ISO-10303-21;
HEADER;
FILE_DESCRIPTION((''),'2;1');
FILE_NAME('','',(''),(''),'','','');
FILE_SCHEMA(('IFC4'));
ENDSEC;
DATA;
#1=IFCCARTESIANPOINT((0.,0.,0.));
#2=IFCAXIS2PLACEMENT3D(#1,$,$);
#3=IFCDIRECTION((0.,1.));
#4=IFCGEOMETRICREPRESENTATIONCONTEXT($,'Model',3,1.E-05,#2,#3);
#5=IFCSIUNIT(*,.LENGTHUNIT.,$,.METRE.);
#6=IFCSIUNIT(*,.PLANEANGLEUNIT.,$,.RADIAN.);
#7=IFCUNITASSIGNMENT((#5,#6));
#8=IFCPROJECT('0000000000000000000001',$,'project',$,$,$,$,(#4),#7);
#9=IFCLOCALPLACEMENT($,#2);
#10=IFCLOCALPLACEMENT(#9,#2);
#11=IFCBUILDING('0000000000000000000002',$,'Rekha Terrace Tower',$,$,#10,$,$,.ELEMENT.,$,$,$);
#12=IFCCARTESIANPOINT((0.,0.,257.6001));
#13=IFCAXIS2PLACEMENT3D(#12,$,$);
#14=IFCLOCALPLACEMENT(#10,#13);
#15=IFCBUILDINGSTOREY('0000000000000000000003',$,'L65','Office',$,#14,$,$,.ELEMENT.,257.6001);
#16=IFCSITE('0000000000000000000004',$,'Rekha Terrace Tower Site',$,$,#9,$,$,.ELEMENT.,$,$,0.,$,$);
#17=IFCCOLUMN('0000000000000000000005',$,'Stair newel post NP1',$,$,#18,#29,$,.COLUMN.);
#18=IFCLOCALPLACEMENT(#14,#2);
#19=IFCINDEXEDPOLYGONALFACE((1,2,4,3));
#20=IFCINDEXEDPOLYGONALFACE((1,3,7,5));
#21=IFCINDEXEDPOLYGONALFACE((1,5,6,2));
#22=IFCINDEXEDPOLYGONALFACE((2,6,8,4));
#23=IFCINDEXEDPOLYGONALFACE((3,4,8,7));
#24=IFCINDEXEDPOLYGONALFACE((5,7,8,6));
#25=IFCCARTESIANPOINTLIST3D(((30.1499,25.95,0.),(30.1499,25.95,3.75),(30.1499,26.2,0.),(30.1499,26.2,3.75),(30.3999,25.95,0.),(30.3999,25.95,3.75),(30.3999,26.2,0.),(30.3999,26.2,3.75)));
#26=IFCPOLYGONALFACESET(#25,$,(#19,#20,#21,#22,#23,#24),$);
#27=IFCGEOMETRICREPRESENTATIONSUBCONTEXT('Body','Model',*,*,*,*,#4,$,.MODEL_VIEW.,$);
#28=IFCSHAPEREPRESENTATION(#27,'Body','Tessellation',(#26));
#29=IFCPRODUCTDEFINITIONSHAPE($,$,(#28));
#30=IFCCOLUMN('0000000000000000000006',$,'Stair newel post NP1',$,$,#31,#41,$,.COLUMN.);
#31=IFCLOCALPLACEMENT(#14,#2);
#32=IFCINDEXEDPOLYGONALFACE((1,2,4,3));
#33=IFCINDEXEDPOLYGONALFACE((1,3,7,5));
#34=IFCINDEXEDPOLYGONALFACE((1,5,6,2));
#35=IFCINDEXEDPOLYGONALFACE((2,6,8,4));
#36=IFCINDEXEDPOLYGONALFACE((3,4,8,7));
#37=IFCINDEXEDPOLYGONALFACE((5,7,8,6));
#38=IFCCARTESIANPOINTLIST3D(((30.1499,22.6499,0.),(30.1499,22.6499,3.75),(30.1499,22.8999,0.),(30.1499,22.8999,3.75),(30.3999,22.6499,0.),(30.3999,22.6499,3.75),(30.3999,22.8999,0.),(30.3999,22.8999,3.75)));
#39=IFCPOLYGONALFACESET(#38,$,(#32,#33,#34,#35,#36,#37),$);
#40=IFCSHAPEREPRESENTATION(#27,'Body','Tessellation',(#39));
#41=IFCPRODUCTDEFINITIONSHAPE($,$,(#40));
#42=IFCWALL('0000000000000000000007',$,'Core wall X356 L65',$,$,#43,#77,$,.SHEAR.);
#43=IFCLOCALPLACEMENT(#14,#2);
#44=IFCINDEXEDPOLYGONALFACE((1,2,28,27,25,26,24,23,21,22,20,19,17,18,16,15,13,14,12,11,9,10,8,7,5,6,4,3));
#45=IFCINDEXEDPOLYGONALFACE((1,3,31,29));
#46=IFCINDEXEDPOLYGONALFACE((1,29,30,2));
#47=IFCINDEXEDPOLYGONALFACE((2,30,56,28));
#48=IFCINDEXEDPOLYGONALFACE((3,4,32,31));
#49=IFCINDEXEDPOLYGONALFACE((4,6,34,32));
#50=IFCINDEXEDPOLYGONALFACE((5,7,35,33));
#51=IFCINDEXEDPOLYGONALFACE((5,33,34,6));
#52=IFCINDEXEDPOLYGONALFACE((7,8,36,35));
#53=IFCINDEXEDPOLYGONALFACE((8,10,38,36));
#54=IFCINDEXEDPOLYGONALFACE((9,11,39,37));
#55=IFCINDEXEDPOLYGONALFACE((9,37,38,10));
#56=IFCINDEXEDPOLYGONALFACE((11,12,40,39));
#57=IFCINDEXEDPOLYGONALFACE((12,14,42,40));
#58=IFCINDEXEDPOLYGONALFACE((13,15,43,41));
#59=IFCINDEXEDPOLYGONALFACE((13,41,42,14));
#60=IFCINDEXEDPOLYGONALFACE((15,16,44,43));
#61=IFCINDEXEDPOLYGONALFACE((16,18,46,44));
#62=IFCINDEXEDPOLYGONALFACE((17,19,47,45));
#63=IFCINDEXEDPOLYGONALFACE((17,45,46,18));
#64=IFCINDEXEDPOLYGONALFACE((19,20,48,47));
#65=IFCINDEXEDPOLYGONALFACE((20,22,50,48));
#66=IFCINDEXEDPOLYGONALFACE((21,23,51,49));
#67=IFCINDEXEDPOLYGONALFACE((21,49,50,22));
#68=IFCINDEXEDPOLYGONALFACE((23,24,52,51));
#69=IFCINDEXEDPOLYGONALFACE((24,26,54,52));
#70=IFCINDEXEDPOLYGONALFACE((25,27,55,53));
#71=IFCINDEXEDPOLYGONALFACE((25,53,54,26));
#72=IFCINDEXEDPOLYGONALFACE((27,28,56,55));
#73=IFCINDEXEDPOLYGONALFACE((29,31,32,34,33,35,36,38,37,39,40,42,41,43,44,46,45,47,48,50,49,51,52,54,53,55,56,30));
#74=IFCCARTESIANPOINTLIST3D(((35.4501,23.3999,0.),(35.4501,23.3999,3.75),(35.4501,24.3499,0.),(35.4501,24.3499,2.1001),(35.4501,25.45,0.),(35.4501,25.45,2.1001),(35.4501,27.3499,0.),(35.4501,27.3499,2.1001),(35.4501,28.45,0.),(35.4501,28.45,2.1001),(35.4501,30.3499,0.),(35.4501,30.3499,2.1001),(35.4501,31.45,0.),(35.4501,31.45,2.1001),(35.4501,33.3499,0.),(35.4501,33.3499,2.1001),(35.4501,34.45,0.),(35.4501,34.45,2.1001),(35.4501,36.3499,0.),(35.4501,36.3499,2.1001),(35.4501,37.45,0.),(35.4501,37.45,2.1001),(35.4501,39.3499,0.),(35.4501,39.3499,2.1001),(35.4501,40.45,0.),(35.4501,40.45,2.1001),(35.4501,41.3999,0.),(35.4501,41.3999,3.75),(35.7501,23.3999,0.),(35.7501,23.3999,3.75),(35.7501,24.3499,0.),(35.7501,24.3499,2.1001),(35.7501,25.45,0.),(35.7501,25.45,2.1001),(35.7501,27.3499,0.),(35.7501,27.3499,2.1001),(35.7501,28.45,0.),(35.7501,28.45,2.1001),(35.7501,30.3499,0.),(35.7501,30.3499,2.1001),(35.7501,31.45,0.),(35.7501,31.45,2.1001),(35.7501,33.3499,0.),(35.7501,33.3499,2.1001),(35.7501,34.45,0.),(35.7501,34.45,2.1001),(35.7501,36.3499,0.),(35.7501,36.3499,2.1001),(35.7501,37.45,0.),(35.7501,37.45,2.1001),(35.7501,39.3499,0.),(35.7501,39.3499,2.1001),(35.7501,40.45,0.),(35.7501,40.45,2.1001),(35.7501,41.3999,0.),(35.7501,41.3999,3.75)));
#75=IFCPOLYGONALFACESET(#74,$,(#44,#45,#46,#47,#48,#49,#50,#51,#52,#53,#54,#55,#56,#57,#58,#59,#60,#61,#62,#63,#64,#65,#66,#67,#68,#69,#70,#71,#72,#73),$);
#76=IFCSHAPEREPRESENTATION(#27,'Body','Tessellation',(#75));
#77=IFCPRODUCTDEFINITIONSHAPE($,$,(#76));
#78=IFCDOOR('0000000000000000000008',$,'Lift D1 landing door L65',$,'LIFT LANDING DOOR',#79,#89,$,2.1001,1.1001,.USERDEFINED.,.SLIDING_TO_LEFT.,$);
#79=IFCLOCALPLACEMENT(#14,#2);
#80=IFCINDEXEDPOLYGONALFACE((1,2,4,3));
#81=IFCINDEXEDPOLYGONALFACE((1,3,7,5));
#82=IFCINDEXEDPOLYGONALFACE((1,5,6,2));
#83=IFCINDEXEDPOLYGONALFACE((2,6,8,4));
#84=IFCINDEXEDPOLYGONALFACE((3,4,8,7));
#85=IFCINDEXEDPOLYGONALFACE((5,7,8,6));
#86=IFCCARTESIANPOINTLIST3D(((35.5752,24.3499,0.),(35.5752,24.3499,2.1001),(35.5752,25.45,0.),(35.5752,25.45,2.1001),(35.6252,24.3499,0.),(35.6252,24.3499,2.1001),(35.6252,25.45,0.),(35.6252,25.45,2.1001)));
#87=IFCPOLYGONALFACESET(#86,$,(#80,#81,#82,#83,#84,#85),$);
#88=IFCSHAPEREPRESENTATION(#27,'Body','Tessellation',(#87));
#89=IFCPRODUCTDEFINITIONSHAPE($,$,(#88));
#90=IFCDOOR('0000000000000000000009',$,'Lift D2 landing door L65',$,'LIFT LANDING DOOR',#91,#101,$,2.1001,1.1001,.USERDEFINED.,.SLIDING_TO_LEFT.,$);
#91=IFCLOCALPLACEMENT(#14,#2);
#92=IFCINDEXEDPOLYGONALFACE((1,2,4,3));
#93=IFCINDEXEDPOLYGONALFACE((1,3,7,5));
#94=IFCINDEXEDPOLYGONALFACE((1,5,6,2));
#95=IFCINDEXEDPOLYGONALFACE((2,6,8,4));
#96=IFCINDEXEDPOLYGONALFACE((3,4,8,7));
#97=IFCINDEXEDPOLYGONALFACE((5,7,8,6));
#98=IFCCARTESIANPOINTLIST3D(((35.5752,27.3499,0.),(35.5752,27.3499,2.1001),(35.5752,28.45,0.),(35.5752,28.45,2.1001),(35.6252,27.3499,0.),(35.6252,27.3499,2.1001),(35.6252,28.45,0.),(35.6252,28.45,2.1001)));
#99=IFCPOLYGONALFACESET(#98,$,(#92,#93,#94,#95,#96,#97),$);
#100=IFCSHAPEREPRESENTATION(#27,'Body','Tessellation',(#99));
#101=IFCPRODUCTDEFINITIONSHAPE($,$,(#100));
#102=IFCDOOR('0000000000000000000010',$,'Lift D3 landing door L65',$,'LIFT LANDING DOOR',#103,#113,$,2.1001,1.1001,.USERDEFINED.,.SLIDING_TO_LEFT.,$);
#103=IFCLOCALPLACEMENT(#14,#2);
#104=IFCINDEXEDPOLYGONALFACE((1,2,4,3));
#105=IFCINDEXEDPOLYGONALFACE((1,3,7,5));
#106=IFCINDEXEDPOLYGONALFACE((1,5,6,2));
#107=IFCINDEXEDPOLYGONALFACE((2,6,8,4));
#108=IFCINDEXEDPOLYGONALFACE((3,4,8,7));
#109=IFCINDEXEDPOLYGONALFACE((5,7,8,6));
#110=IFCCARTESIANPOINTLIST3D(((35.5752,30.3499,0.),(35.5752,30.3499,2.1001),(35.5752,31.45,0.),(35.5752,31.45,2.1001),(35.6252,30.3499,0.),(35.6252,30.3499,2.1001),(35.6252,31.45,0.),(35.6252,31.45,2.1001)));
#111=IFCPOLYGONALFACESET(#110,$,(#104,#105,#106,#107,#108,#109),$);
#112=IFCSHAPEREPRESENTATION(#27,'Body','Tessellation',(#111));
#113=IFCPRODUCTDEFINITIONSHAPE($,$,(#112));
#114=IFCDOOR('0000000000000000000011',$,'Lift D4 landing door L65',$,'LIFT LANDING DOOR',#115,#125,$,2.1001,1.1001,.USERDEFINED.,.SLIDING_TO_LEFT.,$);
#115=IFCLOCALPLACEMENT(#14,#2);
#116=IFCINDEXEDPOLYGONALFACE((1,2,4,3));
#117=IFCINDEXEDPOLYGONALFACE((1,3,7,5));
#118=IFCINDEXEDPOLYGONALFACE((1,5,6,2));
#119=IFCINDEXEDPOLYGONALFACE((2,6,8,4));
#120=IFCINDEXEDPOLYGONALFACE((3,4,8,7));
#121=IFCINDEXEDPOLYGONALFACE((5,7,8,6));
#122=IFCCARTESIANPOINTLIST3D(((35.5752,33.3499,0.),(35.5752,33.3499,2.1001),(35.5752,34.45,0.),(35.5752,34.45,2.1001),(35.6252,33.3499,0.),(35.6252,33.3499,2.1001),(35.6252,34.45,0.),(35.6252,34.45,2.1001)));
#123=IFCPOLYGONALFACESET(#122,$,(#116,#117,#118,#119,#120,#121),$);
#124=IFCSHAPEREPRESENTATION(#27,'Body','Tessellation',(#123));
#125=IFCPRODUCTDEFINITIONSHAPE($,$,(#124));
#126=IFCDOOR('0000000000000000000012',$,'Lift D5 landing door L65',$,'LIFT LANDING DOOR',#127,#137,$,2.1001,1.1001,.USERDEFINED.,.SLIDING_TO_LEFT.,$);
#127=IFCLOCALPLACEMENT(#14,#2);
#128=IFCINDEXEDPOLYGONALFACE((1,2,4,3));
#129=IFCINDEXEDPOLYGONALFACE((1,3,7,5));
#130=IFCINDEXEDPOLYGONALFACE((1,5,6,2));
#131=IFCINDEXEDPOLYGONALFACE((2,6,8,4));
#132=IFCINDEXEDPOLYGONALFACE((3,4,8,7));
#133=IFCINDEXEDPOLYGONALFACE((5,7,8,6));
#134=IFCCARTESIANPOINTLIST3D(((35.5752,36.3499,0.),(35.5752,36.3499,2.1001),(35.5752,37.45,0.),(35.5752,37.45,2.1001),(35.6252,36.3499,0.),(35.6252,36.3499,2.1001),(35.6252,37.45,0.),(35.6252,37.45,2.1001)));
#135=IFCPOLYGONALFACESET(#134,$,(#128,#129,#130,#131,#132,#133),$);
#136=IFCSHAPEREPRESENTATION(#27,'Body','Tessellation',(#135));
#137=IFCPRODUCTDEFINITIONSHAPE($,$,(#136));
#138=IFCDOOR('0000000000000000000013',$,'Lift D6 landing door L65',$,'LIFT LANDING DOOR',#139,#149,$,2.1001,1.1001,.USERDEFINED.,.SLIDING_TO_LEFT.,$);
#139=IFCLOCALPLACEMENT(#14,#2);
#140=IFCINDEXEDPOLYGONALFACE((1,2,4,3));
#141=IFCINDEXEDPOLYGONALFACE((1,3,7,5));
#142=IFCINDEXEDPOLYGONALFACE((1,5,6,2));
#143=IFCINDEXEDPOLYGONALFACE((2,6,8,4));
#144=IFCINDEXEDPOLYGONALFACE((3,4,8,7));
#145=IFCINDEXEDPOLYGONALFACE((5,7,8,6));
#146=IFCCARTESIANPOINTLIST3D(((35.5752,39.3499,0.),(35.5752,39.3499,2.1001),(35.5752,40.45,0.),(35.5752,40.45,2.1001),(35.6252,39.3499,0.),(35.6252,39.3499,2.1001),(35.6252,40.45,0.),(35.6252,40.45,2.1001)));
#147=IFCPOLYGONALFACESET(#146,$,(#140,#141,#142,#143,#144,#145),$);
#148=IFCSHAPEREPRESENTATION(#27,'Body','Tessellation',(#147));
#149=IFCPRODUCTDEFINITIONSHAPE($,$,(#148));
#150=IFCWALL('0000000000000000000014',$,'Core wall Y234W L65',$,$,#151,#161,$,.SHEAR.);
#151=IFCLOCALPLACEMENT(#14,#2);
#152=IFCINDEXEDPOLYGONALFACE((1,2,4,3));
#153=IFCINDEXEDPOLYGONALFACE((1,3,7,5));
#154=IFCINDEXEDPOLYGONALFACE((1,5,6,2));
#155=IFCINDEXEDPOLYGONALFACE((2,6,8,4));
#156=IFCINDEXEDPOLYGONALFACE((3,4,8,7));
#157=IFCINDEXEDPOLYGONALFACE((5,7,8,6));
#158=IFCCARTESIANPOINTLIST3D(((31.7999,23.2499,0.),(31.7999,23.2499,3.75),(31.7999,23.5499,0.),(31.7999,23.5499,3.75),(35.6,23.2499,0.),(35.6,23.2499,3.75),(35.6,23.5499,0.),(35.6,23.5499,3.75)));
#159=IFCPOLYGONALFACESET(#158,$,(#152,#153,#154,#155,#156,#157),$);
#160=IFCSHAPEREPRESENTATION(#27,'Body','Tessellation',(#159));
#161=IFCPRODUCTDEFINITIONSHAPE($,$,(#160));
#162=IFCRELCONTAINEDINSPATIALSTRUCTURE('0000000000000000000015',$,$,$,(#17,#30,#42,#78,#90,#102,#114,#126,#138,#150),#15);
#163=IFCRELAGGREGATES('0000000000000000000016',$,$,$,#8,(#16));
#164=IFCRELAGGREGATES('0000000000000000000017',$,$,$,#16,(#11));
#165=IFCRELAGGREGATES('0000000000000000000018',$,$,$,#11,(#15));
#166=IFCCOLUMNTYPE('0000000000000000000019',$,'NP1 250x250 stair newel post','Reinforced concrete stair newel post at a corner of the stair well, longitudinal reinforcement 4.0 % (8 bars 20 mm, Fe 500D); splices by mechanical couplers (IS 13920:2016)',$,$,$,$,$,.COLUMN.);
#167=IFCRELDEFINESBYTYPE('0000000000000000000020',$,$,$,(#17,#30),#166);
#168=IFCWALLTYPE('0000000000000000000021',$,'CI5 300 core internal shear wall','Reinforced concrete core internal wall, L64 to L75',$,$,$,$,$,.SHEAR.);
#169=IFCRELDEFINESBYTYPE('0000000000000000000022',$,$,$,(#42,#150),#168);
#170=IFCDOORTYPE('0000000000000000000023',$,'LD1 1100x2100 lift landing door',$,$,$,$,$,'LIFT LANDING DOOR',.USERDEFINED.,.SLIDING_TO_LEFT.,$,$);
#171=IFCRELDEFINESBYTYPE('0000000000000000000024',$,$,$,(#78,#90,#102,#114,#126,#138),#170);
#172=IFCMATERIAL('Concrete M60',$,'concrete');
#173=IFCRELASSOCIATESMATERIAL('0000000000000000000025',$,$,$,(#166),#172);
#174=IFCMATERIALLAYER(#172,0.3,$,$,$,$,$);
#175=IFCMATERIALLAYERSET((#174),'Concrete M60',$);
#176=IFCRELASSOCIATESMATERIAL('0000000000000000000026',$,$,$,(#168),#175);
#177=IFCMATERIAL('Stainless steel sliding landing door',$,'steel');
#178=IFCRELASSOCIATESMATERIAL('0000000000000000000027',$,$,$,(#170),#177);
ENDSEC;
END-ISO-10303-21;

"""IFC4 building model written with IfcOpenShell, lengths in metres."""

from ifc_helpers import new_model, si_unit, direction, frame, frame_2d, origin, origin_2d, place, context, subcontext, project, spatial, rectangle, extrude, material, layer, layer_set, material_profile, profile_set, type_object, element, fill, save


model = new_model("IFC4")

# Units and contexts
model_context = context("Model", 3, precision=1e-05, world=origin(), true_north=direction((0.0, 1.0)))
body_context = subcontext(model_context, "Body", "Model", "MODEL_VIEW")
ifc_project = project(units=[si_unit("LENGTHUNIT", "METRE"), si_unit("PLANEANGLEUNIT", "RADIAN")], contexts=[model_context])

# Site, building, storey
site_placement = place(None, origin())
site = spatial("IfcSite", under=ifc_project, at=site_placement, Name="Rekha Terrace Tower Site", CompositionType="ELEMENT", RefElevation=0.0)
building_placement = place(site_placement, origin())
building = spatial("IfcBuilding", under=site, at=building_placement, Name="Rekha Terrace Tower", CompositionType="ELEMENT")
storey_placement = place(building_placement, frame((0.0, 0.0, 257.6001)))
storey = spatial("IfcBuildingStorey", under=building, at=storey_placement, Name="L65", Description="Office", CompositionType="ELEMENT", Elevation=257.6001)

# Columns
ifc_material_1 = material(Name="Concrete M60", Category="concrete")
ifc_material_profile = material_profile(ifc_material_1, rectangle(XDim=0.25, YDim=0.25, at=origin_2d()), Name="RC 250x250")
ifc_profile_set = profile_set([ifc_material_profile], Name="Concrete M60")
column_type = type_object("IfcColumnType", Name="NP1 250x250 stair newel post", Description="Reinforced concrete stair newel post at a corner of the stair well, longitudinal reinforcement 4.0 % (8 bars 20 mm, Fe 500D); splices by mechanical couplers (IS 13920:2016)", PredefinedType="COLUMN", material=ifc_profile_set)
for number, where, z_axis, x_axis, name in (
    (1, (30.2749, 26.075, 0.0), (0.0, 0.0, 1.0), (1.0, 0.0, 0.0), "Stair newel post NP1"),
    (2, (30.2749, 22.7749, 0.0), (0.0, 0.0, 1.0), (1.0, 0.0, 0.0), "Stair newel post NP1"),
):
    element("IfcColumn", number, at=place(storey_placement, frame(where, z_axis=z_axis, x_axis=x_axis)), inside=storey, type_object=column_type, Name=name, PredefinedType="COLUMN", context=body_context, shape_type="SweptSolid", body=[
        extrude(rectangle(XDim=0.25, YDim=0.25, at=origin_2d()), origin(), (0.0, 0.0, 1.0), 3.75),
    ])

# Wall, openings, doors
ifc_layer_1 = layer(ifc_material_1, 0.3)
ifc_layer_set_1 = layer_set([ifc_layer_1], Name="Concrete M60")
wall_type_1 = type_object("IfcWallType", Name="CI5 300 core internal shear wall", Description="Reinforced concrete core internal wall, L64 to L75", PredefinedType="SHEAR", material=ifc_layer_set_1)
wall_1_placement = place(storey_placement, frame((35.6001, 23.3999, 0.0), z_axis=(0.0, 0.0, 1.0), x_axis=(0.0, 1.0, 0.0)))
wall_1 = element("IfcWall", 3, at=wall_1_placement, inside=storey, type_object=wall_type_1, Name="Core wall X356 L65", PredefinedType="SHEAR", context=body_context, shape_type="SweptSolid", body=[
    extrude(rectangle(XDim=18.0, YDim=0.3, at=frame_2d((9.0, 0.0))), origin(), (0.0, 0.0, 1.0), 3.75),
])
opening_1_placement = place(wall_1_placement, frame((0.95, 0.0, 0.0)))
opening_1 = element("IfcOpeningElement", 4, at=opening_1_placement, cuts=wall_1, PredefinedType="OPENING", context=body_context, shape_type="SweptSolid", body=[
    extrude(rectangle(XDim=1.1001, YDim=2.1001, at=frame_2d((0.55, 1.05))), frame((0.0, 0.1599, 0.0), z_axis=(0.0, -1.0, 0.0), x_axis=(1.0, 0.0, 0.0)), (0.0, 0.0, 1.0), 0.3201),
])
opening_2_placement = place(wall_1_placement, frame((3.95, 0.0, 0.0)))
opening_2 = element("IfcOpeningElement", 5, at=opening_2_placement, cuts=wall_1, PredefinedType="OPENING", context=body_context, shape_type="SweptSolid", body=[
    extrude(rectangle(XDim=1.1001, YDim=2.1001, at=frame_2d((0.55, 1.05))), frame((0.0, 0.1599, 0.0), z_axis=(0.0, -1.0, 0.0), x_axis=(1.0, 0.0, 0.0)), (0.0, 0.0, 1.0), 0.3201),
])
opening_3_placement = place(wall_1_placement, frame((6.95, 0.0, 0.0)))
opening_3 = element("IfcOpeningElement", 6, at=opening_3_placement, cuts=wall_1, PredefinedType="OPENING", context=body_context, shape_type="SweptSolid", body=[
    extrude(rectangle(XDim=1.1001, YDim=2.1001, at=frame_2d((0.55, 1.05))), frame((0.0, 0.1599, 0.0), z_axis=(0.0, -1.0, 0.0), x_axis=(1.0, 0.0, 0.0)), (0.0, 0.0, 1.0), 0.3201),
])
opening_4_placement = place(wall_1_placement, frame((9.95, 0.0, 0.0)))
opening_4 = element("IfcOpeningElement", 7, at=opening_4_placement, cuts=wall_1, PredefinedType="OPENING", context=body_context, shape_type="SweptSolid", body=[
    extrude(rectangle(XDim=1.1001, YDim=2.1001, at=frame_2d((0.55, 1.05))), frame((0.0, 0.1599, 0.0), z_axis=(0.0, -1.0, 0.0), x_axis=(1.0, 0.0, 0.0)), (0.0, 0.0, 1.0), 0.3201),
])
opening_5_placement = place(wall_1_placement, frame((12.95, 0.0, 0.0)))
opening_5 = element("IfcOpeningElement", 8, at=opening_5_placement, cuts=wall_1, PredefinedType="OPENING", context=body_context, shape_type="SweptSolid", body=[
    extrude(rectangle(XDim=1.1001, YDim=2.1001, at=frame_2d((0.55, 1.05))), frame((0.0, 0.1599, 0.0), z_axis=(0.0, -1.0, 0.0), x_axis=(1.0, 0.0, 0.0)), (0.0, 0.0, 1.0), 0.3201),
])
opening_6_placement = place(wall_1_placement, frame((15.95, 0.0, 0.0)))
opening_6 = element("IfcOpeningElement", 9, at=opening_6_placement, cuts=wall_1, PredefinedType="OPENING", context=body_context, shape_type="SweptSolid", body=[
    extrude(rectangle(XDim=1.1001, YDim=2.1001, at=frame_2d((0.55, 1.05))), frame((0.0, 0.1599, 0.0), z_axis=(0.0, -1.0, 0.0), x_axis=(1.0, 0.0, 0.0)), (0.0, 0.0, 1.0), 0.3201),
])
ifc_material_2 = material(Name="Stainless steel sliding landing door", Category="steel")
door_type_1 = type_object("IfcDoorType", Name="LD1 1100x2100 lift landing door", ElementType="LIFT LANDING DOOR", OperationType="SLIDING_TO_LEFT", PredefinedType="USERDEFINED", material=ifc_material_2)
door_1_placement = place(opening_1_placement, origin())
door_1 = element("IfcDoor", 10, at=door_1_placement, inside=storey, type_object=door_type_1, Name="Lift D1 landing door L65", ObjectType="LIFT LANDING DOOR", OperationType="SLIDING_TO_LEFT", OverallHeight=2.1001, OverallWidth=1.1001, PredefinedType="USERDEFINED", context=body_context, shape_type="SweptSolid", body=[
    extrude(rectangle(XDim=1.1001, YDim=2.1001, at=frame_2d((0.55, 1.05))), frame((0.0, 0.0249, 0.0), z_axis=(0.0, -1.0, 0.0), x_axis=(1.0, 0.0, 0.0)), (0.0, 0.0, 1.0), 0.05),
])
fill(opening_1, door_1)
door_2_placement = place(opening_2_placement, origin())
door_2 = element("IfcDoor", 11, at=door_2_placement, inside=storey, type_object=door_type_1, Name="Lift D2 landing door L65", ObjectType="LIFT LANDING DOOR", OperationType="SLIDING_TO_LEFT", OverallHeight=2.1001, OverallWidth=1.1001, PredefinedType="USERDEFINED", context=body_context, shape_type="SweptSolid", body=[
    extrude(rectangle(XDim=1.1001, YDim=2.1001, at=frame_2d((0.55, 1.05))), frame((0.0, 0.0249, 0.0), z_axis=(0.0, -1.0, 0.0), x_axis=(1.0, 0.0, 0.0)), (0.0, 0.0, 1.0), 0.05),
])
fill(opening_2, door_2)
door_3_placement = place(opening_3_placement, origin())
door_3 = element("IfcDoor", 12, at=door_3_placement, inside=storey, type_object=door_type_1, Name="Lift D3 landing door L65", ObjectType="LIFT LANDING DOOR", OperationType="SLIDING_TO_LEFT", OverallHeight=2.1001, OverallWidth=1.1001, PredefinedType="USERDEFINED", context=body_context, shape_type="SweptSolid", body=[
    extrude(rectangle(XDim=1.1001, YDim=2.1001, at=frame_2d((0.55, 1.05))), frame((0.0, 0.0249, 0.0), z_axis=(0.0, -1.0, 0.0), x_axis=(1.0, 0.0, 0.0)), (0.0, 0.0, 1.0), 0.05),
])
fill(opening_3, door_3)
door_4_placement = place(opening_4_placement, origin())
door_4 = element("IfcDoor", 13, at=door_4_placement, inside=storey, type_object=door_type_1, Name="Lift D4 landing door L65", ObjectType="LIFT LANDING DOOR", OperationType="SLIDING_TO_LEFT", OverallHeight=2.1001, OverallWidth=1.1001, PredefinedType="USERDEFINED", context=body_context, shape_type="SweptSolid", body=[
    extrude(rectangle(XDim=1.1001, YDim=2.1001, at=frame_2d((0.55, 1.05))), frame((0.0, 0.0249, 0.0), z_axis=(0.0, -1.0, 0.0), x_axis=(1.0, 0.0, 0.0)), (0.0, 0.0, 1.0), 0.05),
])
fill(opening_4, door_4)
door_5_placement = place(opening_5_placement, origin())
door_5 = element("IfcDoor", 14, at=door_5_placement, inside=storey, type_object=door_type_1, Name="Lift D5 landing door L65", ObjectType="LIFT LANDING DOOR", OperationType="SLIDING_TO_LEFT", OverallHeight=2.1001, OverallWidth=1.1001, PredefinedType="USERDEFINED", context=body_context, shape_type="SweptSolid", body=[
    extrude(rectangle(XDim=1.1001, YDim=2.1001, at=frame_2d((0.55, 1.05))), frame((0.0, 0.0249, 0.0), z_axis=(0.0, -1.0, 0.0), x_axis=(1.0, 0.0, 0.0)), (0.0, 0.0, 1.0), 0.05),
])
fill(opening_5, door_5)
door_6_placement = place(opening_6_placement, origin())
door_6 = element("IfcDoor", 15, at=door_6_placement, inside=storey, type_object=door_type_1, Name="Lift D6 landing door L65", ObjectType="LIFT LANDING DOOR", OperationType="SLIDING_TO_LEFT", OverallHeight=2.1001, OverallWidth=1.1001, PredefinedType="USERDEFINED", context=body_context, shape_type="SweptSolid", body=[
    extrude(rectangle(XDim=1.1001, YDim=2.1001, at=frame_2d((0.55, 1.05))), frame((0.0, 0.0249, 0.0), z_axis=(0.0, -1.0, 0.0), x_axis=(1.0, 0.0, 0.0)), (0.0, 0.0, 1.0), 0.05),
])
fill(opening_6, door_6)

# Wall
wall_2_placement = place(storey_placement, frame((31.8, 23.3999, 0.0), z_axis=(0.0, 0.0, 1.0), x_axis=(1.0, 0.0, 0.0)))
element("IfcWall", 16, at=wall_2_placement, inside=storey, type_object=wall_type_1, Name="Core wall Y234W L65", PredefinedType="SHEAR", context=body_context, shape_type="SweptSolid", body=[
    extrude(rectangle(XDim=3.8, YDim=0.3, at=frame_2d((1.8999, 0.0))), origin(), (0.0, 0.0, 1.0), 3.75),
])

save(model, "model.ifc")
